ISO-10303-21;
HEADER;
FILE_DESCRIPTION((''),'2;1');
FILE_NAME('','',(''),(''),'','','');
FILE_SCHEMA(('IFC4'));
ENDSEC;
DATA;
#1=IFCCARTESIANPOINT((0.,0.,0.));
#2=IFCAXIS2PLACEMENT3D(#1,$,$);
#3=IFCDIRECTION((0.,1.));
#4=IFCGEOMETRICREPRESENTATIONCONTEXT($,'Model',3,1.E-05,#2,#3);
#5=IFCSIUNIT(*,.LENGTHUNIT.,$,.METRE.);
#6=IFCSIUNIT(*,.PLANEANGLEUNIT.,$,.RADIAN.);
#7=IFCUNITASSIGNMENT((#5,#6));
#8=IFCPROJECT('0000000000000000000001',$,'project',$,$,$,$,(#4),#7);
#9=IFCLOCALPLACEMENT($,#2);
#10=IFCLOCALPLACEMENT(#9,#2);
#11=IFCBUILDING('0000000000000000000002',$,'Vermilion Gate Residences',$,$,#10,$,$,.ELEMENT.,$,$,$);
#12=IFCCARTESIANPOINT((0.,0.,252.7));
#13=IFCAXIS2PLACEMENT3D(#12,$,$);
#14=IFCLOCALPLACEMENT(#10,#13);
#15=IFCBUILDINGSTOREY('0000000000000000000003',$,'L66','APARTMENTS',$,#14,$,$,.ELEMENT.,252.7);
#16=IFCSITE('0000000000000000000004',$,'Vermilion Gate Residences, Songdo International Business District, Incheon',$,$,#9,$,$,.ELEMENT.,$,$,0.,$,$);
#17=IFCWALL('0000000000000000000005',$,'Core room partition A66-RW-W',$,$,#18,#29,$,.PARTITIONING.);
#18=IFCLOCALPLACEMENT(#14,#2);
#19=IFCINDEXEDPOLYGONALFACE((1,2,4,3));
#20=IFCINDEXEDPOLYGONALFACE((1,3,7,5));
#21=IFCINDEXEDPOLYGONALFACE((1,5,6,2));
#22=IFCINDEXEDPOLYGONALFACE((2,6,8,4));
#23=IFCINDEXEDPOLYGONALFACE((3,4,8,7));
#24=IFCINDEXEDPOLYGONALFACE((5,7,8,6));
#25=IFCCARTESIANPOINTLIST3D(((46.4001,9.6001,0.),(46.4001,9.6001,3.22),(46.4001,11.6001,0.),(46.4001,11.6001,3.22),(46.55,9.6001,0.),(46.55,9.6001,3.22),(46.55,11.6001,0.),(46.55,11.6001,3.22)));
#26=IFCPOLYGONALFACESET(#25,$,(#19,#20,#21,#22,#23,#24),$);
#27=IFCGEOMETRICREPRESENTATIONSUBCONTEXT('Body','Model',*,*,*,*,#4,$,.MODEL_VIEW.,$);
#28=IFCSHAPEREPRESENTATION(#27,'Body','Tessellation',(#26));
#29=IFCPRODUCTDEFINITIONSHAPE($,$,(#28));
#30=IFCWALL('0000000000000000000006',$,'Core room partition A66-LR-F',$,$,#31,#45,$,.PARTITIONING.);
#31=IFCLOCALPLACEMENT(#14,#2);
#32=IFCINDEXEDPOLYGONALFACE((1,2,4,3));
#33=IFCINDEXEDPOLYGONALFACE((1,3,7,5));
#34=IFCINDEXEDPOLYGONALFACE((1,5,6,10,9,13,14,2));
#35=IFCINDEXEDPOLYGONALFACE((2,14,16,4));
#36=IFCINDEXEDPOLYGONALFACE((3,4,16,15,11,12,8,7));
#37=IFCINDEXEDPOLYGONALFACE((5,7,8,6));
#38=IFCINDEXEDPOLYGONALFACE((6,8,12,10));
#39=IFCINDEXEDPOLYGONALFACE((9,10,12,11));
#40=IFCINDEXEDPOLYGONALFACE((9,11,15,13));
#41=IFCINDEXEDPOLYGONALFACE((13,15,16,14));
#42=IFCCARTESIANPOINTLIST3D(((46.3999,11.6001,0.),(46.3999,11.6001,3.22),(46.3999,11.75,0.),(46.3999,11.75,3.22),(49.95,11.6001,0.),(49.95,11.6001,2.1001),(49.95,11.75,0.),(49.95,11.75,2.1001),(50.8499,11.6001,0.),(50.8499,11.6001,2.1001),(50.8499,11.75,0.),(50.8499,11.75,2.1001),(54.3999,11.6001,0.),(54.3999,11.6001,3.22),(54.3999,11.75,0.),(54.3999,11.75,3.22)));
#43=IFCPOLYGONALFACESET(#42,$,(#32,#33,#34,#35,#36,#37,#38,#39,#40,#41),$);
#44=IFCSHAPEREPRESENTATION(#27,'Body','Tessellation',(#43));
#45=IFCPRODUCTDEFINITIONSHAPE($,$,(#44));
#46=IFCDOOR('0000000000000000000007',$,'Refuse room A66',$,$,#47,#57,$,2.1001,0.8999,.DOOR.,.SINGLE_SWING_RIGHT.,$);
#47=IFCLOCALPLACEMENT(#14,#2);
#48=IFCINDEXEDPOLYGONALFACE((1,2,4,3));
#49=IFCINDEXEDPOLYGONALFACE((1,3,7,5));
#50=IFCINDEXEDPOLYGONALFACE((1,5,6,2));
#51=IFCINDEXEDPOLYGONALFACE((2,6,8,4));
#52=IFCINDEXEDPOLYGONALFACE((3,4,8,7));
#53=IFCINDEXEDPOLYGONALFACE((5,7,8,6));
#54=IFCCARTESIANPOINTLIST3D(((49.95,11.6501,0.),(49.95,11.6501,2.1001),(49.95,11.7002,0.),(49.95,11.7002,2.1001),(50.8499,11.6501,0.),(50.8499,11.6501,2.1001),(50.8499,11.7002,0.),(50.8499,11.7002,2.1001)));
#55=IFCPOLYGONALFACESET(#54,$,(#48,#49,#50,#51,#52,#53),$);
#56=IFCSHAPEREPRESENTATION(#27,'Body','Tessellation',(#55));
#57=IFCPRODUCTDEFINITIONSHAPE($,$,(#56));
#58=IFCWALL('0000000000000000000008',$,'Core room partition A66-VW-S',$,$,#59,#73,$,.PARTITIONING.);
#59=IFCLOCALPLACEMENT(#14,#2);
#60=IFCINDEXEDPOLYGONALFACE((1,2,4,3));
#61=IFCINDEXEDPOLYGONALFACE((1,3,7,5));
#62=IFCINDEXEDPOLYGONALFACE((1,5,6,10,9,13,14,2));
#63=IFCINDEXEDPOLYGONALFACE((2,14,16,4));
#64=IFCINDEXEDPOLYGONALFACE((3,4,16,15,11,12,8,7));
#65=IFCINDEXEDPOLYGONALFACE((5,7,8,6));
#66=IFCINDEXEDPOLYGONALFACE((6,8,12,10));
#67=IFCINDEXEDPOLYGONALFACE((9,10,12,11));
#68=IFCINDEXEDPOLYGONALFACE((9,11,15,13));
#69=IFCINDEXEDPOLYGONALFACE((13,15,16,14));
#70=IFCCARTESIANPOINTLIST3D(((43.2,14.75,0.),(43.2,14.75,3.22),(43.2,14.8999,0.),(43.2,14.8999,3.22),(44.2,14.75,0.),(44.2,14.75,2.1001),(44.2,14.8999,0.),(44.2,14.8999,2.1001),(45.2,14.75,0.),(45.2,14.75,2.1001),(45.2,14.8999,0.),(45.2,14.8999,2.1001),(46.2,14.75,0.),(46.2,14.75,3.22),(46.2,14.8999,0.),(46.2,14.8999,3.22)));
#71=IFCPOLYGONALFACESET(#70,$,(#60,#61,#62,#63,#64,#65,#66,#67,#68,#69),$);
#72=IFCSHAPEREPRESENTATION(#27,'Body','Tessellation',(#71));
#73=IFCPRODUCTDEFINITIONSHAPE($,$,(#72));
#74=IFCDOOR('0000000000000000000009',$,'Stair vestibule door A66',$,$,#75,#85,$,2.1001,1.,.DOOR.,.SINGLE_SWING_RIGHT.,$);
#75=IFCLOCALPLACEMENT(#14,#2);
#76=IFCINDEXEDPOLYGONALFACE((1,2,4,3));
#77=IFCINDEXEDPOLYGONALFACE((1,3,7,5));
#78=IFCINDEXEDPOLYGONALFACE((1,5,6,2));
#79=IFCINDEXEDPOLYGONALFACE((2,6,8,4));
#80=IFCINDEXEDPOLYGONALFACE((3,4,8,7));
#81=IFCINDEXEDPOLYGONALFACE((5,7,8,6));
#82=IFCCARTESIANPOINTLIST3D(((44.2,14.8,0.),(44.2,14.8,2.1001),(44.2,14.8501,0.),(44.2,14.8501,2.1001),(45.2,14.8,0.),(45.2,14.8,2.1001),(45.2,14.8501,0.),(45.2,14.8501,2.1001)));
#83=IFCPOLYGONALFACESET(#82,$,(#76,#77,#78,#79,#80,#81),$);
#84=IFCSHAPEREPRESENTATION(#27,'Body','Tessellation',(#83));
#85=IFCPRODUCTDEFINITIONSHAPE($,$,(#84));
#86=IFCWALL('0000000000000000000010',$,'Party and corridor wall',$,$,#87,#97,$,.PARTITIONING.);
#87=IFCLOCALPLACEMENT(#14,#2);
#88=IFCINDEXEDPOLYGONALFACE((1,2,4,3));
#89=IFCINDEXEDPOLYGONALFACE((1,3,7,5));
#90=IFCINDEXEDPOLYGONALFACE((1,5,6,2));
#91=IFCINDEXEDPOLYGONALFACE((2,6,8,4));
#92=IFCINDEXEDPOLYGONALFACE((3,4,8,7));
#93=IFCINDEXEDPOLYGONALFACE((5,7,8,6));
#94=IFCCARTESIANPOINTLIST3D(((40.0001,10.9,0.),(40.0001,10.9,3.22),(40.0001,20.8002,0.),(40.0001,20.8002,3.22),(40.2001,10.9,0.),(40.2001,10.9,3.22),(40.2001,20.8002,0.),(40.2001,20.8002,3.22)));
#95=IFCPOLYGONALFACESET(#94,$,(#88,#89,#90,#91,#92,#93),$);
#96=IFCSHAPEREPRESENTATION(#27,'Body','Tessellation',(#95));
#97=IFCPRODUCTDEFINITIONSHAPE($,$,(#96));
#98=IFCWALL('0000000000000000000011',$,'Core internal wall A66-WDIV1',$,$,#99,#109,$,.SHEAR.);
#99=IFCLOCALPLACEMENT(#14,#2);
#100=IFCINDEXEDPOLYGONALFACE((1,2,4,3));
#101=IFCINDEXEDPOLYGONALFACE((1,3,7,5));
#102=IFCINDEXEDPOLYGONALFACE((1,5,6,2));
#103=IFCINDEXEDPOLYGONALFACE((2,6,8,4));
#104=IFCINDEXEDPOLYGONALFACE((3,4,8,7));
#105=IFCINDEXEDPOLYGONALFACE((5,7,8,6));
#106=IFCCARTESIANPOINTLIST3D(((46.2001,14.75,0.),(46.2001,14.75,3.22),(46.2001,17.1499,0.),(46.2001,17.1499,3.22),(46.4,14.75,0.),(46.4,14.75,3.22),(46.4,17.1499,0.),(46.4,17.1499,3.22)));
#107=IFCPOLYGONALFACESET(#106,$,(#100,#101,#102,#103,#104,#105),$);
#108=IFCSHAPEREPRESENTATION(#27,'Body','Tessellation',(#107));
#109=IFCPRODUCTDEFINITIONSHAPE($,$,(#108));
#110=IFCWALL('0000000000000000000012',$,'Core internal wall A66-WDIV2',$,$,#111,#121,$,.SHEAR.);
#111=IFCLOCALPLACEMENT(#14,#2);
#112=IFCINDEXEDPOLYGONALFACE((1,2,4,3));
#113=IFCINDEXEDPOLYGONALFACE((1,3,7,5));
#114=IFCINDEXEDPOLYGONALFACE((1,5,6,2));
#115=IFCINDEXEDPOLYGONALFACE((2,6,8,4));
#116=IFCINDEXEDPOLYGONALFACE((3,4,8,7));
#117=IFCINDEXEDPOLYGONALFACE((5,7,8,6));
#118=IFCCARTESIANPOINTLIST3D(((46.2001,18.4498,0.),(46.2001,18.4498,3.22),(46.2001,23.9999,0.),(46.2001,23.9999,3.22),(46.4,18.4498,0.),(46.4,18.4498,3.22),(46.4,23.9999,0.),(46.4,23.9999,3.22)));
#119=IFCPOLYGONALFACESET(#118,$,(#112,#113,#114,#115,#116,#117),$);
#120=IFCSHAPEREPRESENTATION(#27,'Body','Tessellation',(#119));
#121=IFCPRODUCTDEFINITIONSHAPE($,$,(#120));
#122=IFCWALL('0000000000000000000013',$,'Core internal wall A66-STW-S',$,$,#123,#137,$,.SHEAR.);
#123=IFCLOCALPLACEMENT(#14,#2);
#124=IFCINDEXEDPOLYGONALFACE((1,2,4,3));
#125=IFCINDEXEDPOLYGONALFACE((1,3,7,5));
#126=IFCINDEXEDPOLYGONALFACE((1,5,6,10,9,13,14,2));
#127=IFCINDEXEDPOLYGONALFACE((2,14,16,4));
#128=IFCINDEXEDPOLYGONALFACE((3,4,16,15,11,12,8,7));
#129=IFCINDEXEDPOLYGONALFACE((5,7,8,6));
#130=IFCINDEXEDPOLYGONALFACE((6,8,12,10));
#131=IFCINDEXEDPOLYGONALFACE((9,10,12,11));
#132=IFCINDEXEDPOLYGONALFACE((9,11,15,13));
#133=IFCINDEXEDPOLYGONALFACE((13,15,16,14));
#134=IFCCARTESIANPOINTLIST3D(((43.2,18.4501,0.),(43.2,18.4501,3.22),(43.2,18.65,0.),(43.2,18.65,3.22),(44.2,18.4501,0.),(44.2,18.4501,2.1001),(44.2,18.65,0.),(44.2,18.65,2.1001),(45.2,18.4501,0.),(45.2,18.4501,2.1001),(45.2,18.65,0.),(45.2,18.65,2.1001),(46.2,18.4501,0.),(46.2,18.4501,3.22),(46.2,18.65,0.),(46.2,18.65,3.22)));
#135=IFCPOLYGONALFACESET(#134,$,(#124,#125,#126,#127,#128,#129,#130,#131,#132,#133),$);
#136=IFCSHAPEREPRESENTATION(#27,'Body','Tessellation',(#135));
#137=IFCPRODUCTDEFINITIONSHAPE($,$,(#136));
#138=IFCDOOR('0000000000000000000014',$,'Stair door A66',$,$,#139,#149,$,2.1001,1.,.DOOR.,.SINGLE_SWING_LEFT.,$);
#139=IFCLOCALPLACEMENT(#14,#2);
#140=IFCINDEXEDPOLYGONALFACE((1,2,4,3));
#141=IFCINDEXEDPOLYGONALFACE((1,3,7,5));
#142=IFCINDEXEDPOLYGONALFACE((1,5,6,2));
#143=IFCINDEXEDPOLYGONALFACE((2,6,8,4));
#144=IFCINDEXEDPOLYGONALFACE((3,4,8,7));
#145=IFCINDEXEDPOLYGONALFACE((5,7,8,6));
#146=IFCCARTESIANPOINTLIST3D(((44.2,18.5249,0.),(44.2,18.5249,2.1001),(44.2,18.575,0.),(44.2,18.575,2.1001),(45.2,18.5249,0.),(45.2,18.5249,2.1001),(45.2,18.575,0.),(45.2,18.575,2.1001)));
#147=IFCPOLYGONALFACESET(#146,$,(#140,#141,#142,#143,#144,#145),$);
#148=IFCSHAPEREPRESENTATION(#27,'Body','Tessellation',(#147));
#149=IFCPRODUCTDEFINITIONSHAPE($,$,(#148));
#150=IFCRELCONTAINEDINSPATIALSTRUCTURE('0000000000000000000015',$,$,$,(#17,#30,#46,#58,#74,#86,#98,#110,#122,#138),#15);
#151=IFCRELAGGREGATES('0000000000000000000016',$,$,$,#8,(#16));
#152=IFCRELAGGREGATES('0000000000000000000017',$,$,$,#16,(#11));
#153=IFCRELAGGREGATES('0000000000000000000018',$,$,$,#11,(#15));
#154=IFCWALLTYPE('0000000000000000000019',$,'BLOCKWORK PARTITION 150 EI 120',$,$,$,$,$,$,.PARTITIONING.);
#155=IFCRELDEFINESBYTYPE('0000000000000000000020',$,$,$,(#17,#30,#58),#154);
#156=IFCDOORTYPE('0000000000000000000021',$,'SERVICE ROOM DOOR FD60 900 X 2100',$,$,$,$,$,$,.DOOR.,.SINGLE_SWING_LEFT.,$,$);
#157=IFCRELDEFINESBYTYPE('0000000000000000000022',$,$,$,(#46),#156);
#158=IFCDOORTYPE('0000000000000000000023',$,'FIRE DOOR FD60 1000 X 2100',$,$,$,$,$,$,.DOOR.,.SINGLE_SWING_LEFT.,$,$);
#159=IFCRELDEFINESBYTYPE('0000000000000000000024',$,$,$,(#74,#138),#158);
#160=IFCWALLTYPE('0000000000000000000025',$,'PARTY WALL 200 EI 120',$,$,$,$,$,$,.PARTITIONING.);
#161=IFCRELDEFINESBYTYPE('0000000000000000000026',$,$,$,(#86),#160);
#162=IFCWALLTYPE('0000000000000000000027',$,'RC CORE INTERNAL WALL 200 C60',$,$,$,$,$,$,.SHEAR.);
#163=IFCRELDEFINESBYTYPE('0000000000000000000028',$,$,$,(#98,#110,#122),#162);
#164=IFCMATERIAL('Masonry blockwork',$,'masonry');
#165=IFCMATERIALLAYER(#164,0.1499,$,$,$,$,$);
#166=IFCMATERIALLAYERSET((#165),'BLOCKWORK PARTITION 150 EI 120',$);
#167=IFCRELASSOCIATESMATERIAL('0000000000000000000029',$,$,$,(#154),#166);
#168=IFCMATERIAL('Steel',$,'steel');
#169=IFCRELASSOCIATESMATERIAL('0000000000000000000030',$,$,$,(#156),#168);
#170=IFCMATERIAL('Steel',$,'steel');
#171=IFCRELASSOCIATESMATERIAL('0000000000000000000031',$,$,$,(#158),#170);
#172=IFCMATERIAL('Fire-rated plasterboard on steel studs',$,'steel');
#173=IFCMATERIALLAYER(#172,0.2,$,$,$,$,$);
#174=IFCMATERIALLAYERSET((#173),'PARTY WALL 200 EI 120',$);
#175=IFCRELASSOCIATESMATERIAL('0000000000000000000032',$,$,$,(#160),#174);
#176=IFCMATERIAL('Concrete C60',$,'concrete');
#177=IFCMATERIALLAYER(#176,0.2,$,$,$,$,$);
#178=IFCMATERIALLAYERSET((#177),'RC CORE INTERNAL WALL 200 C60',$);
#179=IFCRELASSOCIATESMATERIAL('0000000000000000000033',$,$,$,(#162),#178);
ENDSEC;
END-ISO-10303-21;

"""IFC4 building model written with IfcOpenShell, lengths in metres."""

from ifc_helpers import new_model, si_unit, direction, frame, frame_2d, origin, place, context, subcontext, project, spatial, rectangle, extrude, material, layer, layer_set, type_object, element, fill, save


model = new_model("IFC4")

# Units and contexts
model_context = context("Model", 3, precision=1e-05, world=origin(), true_north=direction((0.0, 1.0)))
body_context = subcontext(model_context, "Body", "Model", "MODEL_VIEW")
ifc_project = project(units=[si_unit("LENGTHUNIT", "METRE"), si_unit("PLANEANGLEUNIT", "RADIAN")], contexts=[model_context])

# Site, building, storey
site_placement = place(None, origin())
site = spatial("IfcSite", under=ifc_project, at=site_placement, Name="Vermilion Gate Residences, Songdo International Business District, Incheon", CompositionType="ELEMENT", RefElevation=0.0)
building_placement = place(site_placement, origin())
building = spatial("IfcBuilding", under=site, at=building_placement, Name="Vermilion Gate Residences", CompositionType="ELEMENT")
storey_placement = place(building_placement, frame((0.0, 0.0, 252.7)))
storey = spatial("IfcBuildingStorey", under=building, at=storey_placement, Name="L66", Description="APARTMENTS", CompositionType="ELEMENT", Elevation=252.7)

# Wall
ifc_material_1 = material(Name="Masonry blockwork", Category="masonry")
ifc_layer_1 = layer(ifc_material_1, 0.1499)
ifc_layer_set_1 = layer_set([ifc_layer_1], Name="BLOCKWORK PARTITION 150 EI 120")
wall_type_1 = type_object("IfcWallType", Name="BLOCKWORK PARTITION 150 EI 120", PredefinedType="PARTITIONING", material=ifc_layer_set_1)
wall_1_placement = place(storey_placement, frame((46.4751, 9.6001, 0.0), z_axis=(0.0, 0.0, 1.0), x_axis=(0.0, 1.0, 0.0)))
element("IfcWall", 1, at=wall_1_placement, inside=storey, type_object=wall_type_1, Name="Core room partition A66-RW-W", PredefinedType="PARTITIONING", context=body_context, shape_type="SweptSolid", body=[
    extrude(rectangle(XDim=2.0, YDim=0.1499, at=frame_2d((1.0, 0.0))), origin(), (0.0, 0.0, 1.0), 3.22),
])

# Walls, openings, doors
wall_2_placement = place(storey_placement, frame((46.3999, 11.675, 0.0), z_axis=(0.0, 0.0, 1.0), x_axis=(1.0, 0.0, 0.0)))
wall_2 = element("IfcWall", 2, at=wall_2_placement, inside=storey, type_object=wall_type_1, Name="Core room partition A66-LR-F", PredefinedType="PARTITIONING", context=body_context, shape_type="SweptSolid", body=[
    extrude(rectangle(XDim=8.0, YDim=0.1499, at=frame_2d((4.0, 0.0))), origin(), (0.0, 0.0, 1.0), 3.22),
])
opening_1_placement = place(wall_2_placement, frame((3.55, 0.0, 0.0)))
opening_1 = element("IfcOpeningElement", 3, at=opening_1_placement, cuts=wall_2, PredefinedType="OPENING", context=body_context, shape_type="SweptSolid", body=[
    extrude(rectangle(XDim=0.8999, YDim=2.1001, at=frame_2d((0.45, 1.05))), frame((0.0, 0.085, 0.0), z_axis=(0.0, -1.0, 0.0), x_axis=(1.0, 0.0, 0.0)), (0.0, 0.0, 1.0), 0.1699),
])
ifc_material_2 = material(Name="Steel", Category="steel")
door_type_1 = type_object("IfcDoorType", Name="SERVICE ROOM DOOR FD60 900 X 2100", OperationType="SINGLE_SWING_LEFT", PredefinedType="DOOR", material=ifc_material_2)
door_1_placement = place(opening_1_placement, frame((0.8999, 0.0, 0.0), z_axis=(0.0, 0.0, 1.0), x_axis=(-1.0, 0.0, 0.0)))
door_1 = element("IfcDoor", 4, at=door_1_placement, inside=storey, type_object=door_type_1, Name="Refuse room A66", OperationType="SINGLE_SWING_RIGHT", OverallHeight=2.1001, OverallWidth=0.8999, PredefinedType="DOOR", context=body_context, shape_type="SweptSolid", body=[
    extrude(rectangle(XDim=0.8999, YDim=2.1001, at=frame_2d((0.45, 1.05))), frame((0.0, 0.0249, 0.0), z_axis=(0.0, -1.0, 0.0), x_axis=(1.0, 0.0, 0.0)), (0.0, 0.0, 1.0), 0.05),
])
fill(opening_1, door_1)
wall_3_placement = place(storey_placement, frame((43.2, 14.825, 0.0), z_axis=(0.0, 0.0, 1.0), x_axis=(1.0, 0.0, 0.0)))
wall_3 = element("IfcWall", 5, at=wall_3_placement, inside=storey, type_object=wall_type_1, Name="Core room partition A66-VW-S", PredefinedType="PARTITIONING", context=body_context, shape_type="SweptSolid", body=[
    extrude(rectangle(XDim=3.0, YDim=0.1499, at=frame_2d((1.5, 0.0))), origin(), (0.0, 0.0, 1.0), 3.22),
])
opening_2_placement = place(wall_3_placement, frame((1.0, 0.0, 0.0)))
opening_2 = element("IfcOpeningElement", 6, at=opening_2_placement, cuts=wall_3, PredefinedType="OPENING", context=body_context, shape_type="SweptSolid", body=[
    extrude(rectangle(XDim=1.0, YDim=2.1001, at=frame_2d((0.5, 1.05))), frame((0.0, 0.085, 0.0), z_axis=(0.0, -1.0, 0.0), x_axis=(1.0, 0.0, 0.0)), (0.0, 0.0, 1.0), 0.1699),
])
ifc_material_3 = material(Name="Steel", Category="steel")
door_type_2 = type_object("IfcDoorType", Name="FIRE DOOR FD60 1000 X 2100", OperationType="SINGLE_SWING_LEFT", PredefinedType="DOOR", material=ifc_material_3)
door_2_placement = place(opening_2_placement, frame((1.0, 0.0, 0.0), z_axis=(0.0, 0.0, 1.0), x_axis=(-1.0, 0.0, 0.0)))
door_2 = element("IfcDoor", 7, at=door_2_placement, inside=storey, type_object=door_type_2, Name="Stair vestibule door A66", OperationType="SINGLE_SWING_RIGHT", OverallHeight=2.1001, OverallWidth=1.0, PredefinedType="DOOR", context=body_context, shape_type="SweptSolid", body=[
    extrude(rectangle(XDim=1.0, YDim=2.1001, at=frame_2d((0.5, 1.05))), frame((0.0, 0.0249, 0.0), z_axis=(0.0, -1.0, 0.0), x_axis=(1.0, 0.0, 0.0)), (0.0, 0.0, 1.0), 0.05),
])
fill(opening_2, door_2)

# Walls
ifc_material_4 = material(Name="Fire-rated plasterboard on steel studs", Category="steel")
ifc_layer_2 = layer(ifc_material_4, 0.2)
ifc_layer_set_2 = layer_set([ifc_layer_2], Name="PARTY WALL 200 EI 120")
wall_type_2 = type_object("IfcWallType", Name="PARTY WALL 200 EI 120", PredefinedType="PARTITIONING", material=ifc_layer_set_2)
wall_4_placement = place(storey_placement, frame((40.1001, 10.8999, 0.0), z_axis=(0.0, 0.0, 1.0), x_axis=(0.0, 1.0, 0.0)))
element("IfcWall", 8, at=wall_4_placement, inside=storey, type_object=wall_type_2, Name="Party and corridor wall", PredefinedType="PARTITIONING", context=body_context, shape_type="SweptSolid", body=[
    extrude(rectangle(XDim=9.9001, YDim=0.2, at=frame_2d((4.9502, 0.0))), origin(), (0.0, 0.0, 1.0), 3.22),
])
ifc_material_5 = material(Name="Concrete C60", Category="concrete")
ifc_layer_3 = layer(ifc_material_5, 0.2)
ifc_layer_set_3 = layer_set([ifc_layer_3], Name="RC CORE INTERNAL WALL 200 C60")
wall_type_3 = type_object("IfcWallType", Name="RC CORE INTERNAL WALL 200 C60", PredefinedType="SHEAR", material=ifc_layer_set_3)
wall_5_placement = place(storey_placement, frame((46.3, 14.75, 0.0), z_axis=(0.0, 0.0, 1.0), x_axis=(0.0, 1.0, 0.0)))
element("IfcWall", 9, at=wall_5_placement, inside=storey, type_object=wall_type_3, Name="Core internal wall A66-WDIV1", PredefinedType="SHEAR", context=body_context, shape_type="SweptSolid", body=[
    extrude(rectangle(XDim=2.3999, YDim=0.2, at=frame_2d((1.2, 0.0))), origin(), (0.0, 0.0, 1.0), 3.22),
])
wall_6_placement = place(storey_placement, frame((46.3, 18.45, 0.0), z_axis=(0.0, 0.0, 1.0), x_axis=(0.0, 1.0, 0.0)))
element("IfcWall", 10, at=wall_6_placement, inside=storey, type_object=wall_type_3, Name="Core internal wall A66-WDIV2", PredefinedType="SHEAR", context=body_context, shape_type="SweptSolid", body=[
    extrude(rectangle(XDim=5.55, YDim=0.2, at=frame_2d((2.7749, 0.0))), origin(), (0.0, 0.0, 1.0), 3.22),
])

# Wall, opening, door
wall_7_placement = place(storey_placement, frame((43.2, 18.55, 0.0), z_axis=(0.0, 0.0, 1.0), x_axis=(1.0, 0.0, 0.0)))
wall_7 = element("IfcWall", 11, at=wall_7_placement, inside=storey, type_object=wall_type_3, Name="Core internal wall A66-STW-S", PredefinedType="SHEAR", context=body_context, shape_type="SweptSolid", body=[
    extrude(rectangle(XDim=3.0, YDim=0.2, at=frame_2d((1.5, 0.0))), origin(), (0.0, 0.0, 1.0), 3.22),
])
opening_3_placement = place(wall_7_placement, frame((1.0, 0.0, 0.0)))
opening_3 = element("IfcOpeningElement", 12, at=opening_3_placement, cuts=wall_7, PredefinedType="OPENING", context=body_context, shape_type="SweptSolid", body=[
    extrude(rectangle(XDim=1.0, YDim=2.1001, at=frame_2d((0.5, 1.05))), frame((0.0, 0.1099, 0.0), z_axis=(0.0, -1.0, 0.0), x_axis=(1.0, 0.0, 0.0)), (0.0, 0.0, 1.0), 0.22),
])
door_3_placement = place(opening_3_placement, origin())
door_3 = element("IfcDoor", 13, at=door_3_placement, inside=storey, type_object=door_type_2, Name="Stair door A66", OperationType="SINGLE_SWING_LEFT", OverallHeight=2.1001, OverallWidth=1.0, PredefinedType="DOOR", context=body_context, shape_type="SweptSolid", body=[
    extrude(rectangle(XDim=1.0, YDim=2.1001, at=frame_2d((0.5, 1.05))), frame((0.0, 0.0249, 0.0), z_axis=(0.0, -1.0, 0.0), x_axis=(1.0, 0.0, 0.0)), (0.0, 0.0, 1.0), 0.05),
])
fill(opening_3, door_3)

save(model, "model.ifc")
